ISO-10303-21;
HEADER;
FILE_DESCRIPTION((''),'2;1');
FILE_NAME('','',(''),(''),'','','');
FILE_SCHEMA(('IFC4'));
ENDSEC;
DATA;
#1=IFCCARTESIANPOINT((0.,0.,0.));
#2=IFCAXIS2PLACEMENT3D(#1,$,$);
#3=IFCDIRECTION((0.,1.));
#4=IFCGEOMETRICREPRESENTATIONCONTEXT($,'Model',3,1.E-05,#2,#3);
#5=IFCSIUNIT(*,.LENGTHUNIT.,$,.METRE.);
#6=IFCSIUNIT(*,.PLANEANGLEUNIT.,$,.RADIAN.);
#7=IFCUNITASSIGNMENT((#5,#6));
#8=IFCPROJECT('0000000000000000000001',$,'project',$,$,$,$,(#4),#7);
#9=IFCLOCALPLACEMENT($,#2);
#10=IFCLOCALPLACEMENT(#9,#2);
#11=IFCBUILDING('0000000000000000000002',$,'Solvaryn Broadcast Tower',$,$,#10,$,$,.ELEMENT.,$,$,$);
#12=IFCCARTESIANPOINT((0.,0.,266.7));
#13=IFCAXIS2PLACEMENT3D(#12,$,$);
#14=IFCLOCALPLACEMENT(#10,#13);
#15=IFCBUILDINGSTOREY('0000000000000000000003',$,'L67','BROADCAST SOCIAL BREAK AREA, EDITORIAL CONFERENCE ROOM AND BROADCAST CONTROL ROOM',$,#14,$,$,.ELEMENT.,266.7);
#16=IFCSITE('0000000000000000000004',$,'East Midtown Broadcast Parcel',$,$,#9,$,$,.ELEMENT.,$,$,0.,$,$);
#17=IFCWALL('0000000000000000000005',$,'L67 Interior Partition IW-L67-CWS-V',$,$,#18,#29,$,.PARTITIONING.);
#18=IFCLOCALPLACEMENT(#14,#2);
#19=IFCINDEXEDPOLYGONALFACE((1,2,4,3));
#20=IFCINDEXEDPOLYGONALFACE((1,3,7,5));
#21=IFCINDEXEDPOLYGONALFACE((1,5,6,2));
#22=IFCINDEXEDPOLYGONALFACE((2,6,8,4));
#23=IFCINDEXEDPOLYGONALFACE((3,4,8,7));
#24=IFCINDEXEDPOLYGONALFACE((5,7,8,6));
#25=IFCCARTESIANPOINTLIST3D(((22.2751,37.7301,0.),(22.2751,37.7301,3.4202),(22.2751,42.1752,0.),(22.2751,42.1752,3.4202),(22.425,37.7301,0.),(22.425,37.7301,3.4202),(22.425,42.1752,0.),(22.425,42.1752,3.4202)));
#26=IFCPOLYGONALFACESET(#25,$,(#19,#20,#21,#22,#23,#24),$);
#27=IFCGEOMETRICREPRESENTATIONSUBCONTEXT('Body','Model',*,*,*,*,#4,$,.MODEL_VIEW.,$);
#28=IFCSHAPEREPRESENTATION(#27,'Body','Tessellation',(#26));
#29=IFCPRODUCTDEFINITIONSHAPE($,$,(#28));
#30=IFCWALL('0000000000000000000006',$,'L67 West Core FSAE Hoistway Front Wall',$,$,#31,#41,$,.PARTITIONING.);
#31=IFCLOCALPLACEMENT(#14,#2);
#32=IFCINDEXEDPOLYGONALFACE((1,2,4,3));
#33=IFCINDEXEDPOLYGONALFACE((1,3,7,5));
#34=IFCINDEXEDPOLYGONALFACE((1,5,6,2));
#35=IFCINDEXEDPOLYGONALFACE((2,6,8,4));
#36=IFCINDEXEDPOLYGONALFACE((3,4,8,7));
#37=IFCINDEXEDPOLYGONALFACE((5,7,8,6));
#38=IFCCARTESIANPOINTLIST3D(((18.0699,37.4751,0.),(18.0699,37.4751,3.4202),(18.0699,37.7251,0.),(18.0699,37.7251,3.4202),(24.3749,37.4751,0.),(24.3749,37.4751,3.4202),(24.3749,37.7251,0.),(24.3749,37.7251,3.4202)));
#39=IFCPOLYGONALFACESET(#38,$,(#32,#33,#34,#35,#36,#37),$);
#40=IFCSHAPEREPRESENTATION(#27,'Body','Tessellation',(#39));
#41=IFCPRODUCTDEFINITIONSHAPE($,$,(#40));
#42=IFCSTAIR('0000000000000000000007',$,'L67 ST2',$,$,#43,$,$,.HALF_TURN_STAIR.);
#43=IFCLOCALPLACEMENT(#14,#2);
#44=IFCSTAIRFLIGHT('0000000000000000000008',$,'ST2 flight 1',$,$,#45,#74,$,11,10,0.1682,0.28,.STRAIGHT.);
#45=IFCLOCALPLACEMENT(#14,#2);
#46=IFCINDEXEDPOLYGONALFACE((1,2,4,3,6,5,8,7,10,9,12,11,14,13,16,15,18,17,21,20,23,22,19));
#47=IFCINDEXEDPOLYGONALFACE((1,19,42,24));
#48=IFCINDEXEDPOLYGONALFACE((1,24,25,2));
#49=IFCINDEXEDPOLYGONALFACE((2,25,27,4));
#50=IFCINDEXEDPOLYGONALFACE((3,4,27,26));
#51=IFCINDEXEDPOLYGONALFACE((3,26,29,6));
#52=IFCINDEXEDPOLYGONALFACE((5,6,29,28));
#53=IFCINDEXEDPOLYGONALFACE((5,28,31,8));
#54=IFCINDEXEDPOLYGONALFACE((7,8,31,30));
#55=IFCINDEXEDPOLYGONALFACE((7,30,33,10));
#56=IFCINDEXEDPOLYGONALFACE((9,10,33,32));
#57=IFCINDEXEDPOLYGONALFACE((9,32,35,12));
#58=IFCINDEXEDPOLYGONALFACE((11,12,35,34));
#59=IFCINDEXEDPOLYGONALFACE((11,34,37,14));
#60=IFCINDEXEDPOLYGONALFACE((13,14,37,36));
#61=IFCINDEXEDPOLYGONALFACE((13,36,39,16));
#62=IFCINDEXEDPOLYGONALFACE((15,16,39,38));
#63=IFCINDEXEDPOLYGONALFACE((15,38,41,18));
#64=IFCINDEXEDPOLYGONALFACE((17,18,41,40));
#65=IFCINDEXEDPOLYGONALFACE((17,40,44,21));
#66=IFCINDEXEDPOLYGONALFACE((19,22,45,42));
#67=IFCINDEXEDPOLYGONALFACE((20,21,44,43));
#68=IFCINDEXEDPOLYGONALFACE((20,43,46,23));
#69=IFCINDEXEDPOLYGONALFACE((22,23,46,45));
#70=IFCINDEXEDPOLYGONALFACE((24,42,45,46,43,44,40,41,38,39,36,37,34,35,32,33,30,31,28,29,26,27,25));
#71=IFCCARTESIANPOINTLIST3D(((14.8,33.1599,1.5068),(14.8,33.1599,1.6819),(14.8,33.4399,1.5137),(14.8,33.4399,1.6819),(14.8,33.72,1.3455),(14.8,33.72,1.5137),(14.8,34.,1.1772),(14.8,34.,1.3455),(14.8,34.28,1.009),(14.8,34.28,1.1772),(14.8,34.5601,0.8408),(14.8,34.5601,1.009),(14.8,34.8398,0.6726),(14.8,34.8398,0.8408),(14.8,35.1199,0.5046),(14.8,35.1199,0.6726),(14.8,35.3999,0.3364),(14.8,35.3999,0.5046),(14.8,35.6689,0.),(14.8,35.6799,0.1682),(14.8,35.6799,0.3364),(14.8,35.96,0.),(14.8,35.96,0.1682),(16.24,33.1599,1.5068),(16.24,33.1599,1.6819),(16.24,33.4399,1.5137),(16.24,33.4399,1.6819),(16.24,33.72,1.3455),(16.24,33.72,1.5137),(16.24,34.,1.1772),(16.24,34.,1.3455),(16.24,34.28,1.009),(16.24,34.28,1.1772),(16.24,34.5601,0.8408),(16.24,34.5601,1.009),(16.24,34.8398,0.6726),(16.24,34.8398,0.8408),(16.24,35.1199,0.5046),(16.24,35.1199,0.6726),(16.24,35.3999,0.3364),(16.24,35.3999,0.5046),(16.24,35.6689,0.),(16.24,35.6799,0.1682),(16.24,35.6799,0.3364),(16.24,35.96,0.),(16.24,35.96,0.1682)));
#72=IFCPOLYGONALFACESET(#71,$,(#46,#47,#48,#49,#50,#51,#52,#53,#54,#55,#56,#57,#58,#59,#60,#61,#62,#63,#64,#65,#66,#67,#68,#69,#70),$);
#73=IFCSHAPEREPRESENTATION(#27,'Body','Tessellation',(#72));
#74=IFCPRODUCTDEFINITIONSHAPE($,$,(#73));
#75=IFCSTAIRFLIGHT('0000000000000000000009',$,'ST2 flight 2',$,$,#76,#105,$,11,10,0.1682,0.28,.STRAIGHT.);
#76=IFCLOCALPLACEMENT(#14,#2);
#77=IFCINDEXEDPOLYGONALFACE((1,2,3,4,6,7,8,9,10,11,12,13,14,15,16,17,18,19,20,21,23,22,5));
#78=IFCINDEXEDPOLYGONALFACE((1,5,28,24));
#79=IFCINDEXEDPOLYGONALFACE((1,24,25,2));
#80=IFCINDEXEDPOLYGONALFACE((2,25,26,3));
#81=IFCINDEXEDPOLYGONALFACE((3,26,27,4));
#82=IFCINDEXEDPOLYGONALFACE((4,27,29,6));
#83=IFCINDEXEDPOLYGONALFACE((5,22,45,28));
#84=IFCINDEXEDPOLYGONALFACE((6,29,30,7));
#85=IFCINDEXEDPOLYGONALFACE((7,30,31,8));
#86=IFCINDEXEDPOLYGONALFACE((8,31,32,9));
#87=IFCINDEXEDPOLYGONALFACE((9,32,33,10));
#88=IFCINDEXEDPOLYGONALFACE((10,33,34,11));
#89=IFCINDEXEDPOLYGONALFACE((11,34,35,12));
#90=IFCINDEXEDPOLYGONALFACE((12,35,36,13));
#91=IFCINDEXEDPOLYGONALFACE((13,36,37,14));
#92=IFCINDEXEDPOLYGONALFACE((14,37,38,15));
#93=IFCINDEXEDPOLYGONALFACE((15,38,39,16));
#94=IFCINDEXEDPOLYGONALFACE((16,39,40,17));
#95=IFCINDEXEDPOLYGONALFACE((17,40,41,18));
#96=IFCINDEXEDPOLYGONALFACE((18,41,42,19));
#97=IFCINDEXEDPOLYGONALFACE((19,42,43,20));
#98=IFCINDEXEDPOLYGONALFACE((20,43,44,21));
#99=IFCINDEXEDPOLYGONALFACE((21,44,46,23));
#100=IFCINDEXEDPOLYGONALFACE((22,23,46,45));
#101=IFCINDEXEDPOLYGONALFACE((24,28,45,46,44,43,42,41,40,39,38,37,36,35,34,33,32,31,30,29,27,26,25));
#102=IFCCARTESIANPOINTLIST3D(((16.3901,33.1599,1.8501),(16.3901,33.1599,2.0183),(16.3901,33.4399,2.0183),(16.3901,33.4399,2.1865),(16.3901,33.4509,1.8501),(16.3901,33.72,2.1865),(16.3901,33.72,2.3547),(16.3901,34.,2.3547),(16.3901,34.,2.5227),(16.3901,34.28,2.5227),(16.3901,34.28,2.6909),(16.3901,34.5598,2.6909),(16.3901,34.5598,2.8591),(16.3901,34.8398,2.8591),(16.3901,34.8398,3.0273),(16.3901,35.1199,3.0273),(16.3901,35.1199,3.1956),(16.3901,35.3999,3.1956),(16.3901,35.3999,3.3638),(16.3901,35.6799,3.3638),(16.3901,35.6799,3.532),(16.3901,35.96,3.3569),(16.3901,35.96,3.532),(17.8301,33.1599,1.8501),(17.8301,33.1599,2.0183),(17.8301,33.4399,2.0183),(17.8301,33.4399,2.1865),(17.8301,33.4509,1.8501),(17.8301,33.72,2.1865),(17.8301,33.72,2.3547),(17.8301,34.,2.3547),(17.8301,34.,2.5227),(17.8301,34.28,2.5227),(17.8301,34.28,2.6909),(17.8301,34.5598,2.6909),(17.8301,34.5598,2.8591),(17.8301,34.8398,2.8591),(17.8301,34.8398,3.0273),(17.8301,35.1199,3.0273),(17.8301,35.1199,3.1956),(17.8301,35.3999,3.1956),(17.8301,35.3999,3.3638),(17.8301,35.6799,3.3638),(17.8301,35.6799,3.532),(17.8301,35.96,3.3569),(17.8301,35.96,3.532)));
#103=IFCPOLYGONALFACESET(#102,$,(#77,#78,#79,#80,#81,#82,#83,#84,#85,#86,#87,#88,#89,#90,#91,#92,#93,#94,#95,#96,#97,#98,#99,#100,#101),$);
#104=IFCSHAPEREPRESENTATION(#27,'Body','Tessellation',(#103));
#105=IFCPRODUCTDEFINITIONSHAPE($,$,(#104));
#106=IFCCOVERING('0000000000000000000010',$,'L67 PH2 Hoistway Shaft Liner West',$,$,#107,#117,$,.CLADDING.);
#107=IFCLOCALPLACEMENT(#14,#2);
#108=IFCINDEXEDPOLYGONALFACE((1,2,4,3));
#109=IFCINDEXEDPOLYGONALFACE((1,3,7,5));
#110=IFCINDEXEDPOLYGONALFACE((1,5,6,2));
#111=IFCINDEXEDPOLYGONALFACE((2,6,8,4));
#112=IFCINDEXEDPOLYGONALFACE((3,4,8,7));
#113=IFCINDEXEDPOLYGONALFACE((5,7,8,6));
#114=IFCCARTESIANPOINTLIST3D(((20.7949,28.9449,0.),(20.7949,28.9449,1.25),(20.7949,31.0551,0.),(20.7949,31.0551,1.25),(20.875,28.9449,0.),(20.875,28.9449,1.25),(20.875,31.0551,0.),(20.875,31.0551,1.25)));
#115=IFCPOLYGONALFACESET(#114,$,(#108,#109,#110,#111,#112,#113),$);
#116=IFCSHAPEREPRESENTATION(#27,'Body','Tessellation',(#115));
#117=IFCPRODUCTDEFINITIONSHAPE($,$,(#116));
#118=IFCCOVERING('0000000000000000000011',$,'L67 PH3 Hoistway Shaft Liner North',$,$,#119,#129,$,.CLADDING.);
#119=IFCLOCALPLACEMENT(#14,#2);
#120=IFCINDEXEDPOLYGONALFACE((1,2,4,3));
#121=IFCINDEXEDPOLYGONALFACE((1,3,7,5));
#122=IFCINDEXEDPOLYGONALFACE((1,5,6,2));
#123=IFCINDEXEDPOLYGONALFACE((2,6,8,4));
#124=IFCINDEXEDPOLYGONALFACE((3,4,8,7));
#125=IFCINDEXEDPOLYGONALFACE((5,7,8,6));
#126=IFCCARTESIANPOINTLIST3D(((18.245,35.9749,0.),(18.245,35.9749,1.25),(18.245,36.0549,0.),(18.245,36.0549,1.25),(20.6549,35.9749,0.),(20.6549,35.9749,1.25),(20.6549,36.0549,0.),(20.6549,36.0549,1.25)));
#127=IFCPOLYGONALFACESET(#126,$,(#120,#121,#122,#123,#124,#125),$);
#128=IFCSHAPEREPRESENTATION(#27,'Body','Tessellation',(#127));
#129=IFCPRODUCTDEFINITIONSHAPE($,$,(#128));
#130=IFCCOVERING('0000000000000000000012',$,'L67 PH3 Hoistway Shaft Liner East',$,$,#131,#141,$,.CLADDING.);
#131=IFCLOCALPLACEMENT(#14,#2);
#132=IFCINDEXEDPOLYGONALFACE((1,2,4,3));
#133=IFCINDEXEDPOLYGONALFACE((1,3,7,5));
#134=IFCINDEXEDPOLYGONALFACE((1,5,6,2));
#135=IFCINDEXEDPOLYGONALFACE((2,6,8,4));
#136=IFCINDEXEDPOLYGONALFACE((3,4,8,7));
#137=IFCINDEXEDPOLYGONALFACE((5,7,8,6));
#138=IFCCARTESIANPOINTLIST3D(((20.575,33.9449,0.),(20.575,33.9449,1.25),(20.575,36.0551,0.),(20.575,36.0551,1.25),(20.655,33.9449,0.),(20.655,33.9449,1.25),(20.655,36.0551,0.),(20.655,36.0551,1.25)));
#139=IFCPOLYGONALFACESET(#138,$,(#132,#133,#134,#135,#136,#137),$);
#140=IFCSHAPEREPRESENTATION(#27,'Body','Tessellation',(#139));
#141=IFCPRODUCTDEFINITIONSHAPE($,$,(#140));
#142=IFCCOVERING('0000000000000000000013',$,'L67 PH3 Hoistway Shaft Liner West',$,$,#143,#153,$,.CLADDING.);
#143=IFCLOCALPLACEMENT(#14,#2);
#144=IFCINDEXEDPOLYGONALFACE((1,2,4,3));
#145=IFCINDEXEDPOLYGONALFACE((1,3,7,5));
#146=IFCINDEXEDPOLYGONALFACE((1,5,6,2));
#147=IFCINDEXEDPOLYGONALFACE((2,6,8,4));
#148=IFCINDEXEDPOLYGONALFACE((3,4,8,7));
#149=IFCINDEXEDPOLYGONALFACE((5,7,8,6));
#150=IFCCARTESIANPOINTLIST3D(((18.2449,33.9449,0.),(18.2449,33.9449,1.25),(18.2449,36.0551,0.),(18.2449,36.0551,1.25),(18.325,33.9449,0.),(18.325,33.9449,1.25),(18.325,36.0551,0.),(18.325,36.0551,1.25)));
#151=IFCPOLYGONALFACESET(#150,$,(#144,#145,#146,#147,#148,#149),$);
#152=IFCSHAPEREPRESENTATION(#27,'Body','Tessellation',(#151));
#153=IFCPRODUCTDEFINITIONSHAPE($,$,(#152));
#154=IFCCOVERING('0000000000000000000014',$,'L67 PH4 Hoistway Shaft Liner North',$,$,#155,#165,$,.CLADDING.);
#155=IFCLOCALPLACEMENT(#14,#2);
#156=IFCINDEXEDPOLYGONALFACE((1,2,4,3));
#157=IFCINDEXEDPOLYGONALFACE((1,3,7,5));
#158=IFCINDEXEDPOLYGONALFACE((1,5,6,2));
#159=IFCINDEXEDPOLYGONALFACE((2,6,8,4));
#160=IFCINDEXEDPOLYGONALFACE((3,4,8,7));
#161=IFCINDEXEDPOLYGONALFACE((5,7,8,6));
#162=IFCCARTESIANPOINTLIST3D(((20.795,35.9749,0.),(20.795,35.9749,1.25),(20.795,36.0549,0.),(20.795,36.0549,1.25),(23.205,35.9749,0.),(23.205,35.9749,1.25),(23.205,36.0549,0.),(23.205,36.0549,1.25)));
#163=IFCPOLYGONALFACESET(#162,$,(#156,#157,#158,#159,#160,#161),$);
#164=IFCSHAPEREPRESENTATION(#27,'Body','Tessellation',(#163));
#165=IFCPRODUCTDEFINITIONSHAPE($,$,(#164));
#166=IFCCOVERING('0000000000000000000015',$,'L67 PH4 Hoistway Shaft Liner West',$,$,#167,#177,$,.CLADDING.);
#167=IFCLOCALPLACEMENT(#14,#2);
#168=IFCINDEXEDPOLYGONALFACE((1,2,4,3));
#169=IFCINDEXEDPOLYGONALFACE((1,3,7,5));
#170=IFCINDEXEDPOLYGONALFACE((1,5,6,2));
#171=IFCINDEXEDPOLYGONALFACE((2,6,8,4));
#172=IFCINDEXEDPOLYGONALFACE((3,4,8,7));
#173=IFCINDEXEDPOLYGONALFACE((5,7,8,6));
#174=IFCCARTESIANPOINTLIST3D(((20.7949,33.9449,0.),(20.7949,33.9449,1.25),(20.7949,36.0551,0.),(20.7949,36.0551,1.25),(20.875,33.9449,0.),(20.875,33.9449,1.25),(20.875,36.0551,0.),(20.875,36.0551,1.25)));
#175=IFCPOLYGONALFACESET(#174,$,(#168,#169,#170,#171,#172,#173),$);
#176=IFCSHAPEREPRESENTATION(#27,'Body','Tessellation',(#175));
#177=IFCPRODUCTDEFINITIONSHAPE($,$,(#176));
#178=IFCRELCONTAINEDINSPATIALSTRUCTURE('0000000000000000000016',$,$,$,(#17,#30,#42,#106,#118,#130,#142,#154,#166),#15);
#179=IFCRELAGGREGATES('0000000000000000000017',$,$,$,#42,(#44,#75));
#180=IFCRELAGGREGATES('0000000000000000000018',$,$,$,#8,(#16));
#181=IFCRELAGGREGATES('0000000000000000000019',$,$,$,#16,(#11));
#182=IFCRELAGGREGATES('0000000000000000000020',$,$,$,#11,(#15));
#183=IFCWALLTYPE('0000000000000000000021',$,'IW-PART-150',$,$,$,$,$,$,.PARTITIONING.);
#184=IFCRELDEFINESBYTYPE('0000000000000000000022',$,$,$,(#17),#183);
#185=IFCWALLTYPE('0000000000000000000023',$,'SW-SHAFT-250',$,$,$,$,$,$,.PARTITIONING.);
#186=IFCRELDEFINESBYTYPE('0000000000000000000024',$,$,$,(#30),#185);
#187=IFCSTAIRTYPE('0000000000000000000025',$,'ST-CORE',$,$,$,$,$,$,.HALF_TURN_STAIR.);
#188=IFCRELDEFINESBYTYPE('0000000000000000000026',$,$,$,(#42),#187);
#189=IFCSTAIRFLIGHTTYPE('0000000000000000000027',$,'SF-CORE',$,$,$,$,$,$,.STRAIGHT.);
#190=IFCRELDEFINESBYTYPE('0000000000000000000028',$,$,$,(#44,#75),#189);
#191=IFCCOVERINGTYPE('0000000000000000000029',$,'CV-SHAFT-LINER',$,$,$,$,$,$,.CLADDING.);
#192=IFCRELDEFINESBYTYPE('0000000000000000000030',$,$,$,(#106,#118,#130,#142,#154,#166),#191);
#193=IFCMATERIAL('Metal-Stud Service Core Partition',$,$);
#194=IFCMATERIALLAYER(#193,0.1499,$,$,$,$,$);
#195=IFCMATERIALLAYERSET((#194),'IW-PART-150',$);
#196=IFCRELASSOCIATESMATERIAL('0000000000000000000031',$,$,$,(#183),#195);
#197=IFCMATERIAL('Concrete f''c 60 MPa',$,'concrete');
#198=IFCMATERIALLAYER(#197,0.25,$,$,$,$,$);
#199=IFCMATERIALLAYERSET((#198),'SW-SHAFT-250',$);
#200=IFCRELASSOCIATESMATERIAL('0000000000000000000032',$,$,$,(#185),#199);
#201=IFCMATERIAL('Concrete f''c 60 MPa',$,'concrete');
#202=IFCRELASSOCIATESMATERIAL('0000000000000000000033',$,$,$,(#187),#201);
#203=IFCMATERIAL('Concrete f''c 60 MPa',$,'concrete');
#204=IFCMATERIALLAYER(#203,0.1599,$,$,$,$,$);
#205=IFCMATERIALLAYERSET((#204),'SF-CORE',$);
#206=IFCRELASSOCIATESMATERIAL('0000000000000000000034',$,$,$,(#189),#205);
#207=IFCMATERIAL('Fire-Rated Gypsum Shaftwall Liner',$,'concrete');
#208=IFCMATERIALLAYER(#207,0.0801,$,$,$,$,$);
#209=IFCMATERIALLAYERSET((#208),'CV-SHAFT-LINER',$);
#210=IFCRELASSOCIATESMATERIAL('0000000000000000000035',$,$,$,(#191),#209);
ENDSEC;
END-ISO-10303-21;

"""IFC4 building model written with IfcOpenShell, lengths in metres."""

from ifc_helpers import new_model, si_unit, direction, frame, frame_2d, origin, origin_2d, place, context, subcontext, project, spatial, polyline, rectangle, outline, extrude, material, layer, layer_set, type_object, element, aggregate, save


model = new_model("IFC4")

# Units and contexts
model_context = context("Model", 3, precision=1e-05, world=origin(), true_north=direction((0.0, 1.0)))
body_context = subcontext(model_context, "Body", "Model", "MODEL_VIEW")
ifc_project = project(units=[si_unit("LENGTHUNIT", "METRE"), si_unit("PLANEANGLEUNIT", "RADIAN")], contexts=[model_context])

# Site, building, storey
site_placement = place(None, origin())
site = spatial("IfcSite", under=ifc_project, at=site_placement, Name="East Midtown Broadcast Parcel", CompositionType="ELEMENT", RefElevation=0.0)
building_placement = place(site_placement, origin())
building = spatial("IfcBuilding", under=site, at=building_placement, Name="Solvaryn Broadcast Tower", CompositionType="ELEMENT")
storey_placement = place(building_placement, frame((0.0, 0.0, 266.7)))
storey = spatial("IfcBuildingStorey", under=building, at=storey_placement, Name="L67", Description="BROADCAST SOCIAL BREAK AREA, EDITORIAL CONFERENCE ROOM AND BROADCAST CONTROL ROOM", CompositionType="ELEMENT", Elevation=266.7)

# Walls
ifc_material_1 = material(Name="Metal-Stud Service Core Partition")
ifc_layer_1 = layer(ifc_material_1, 0.1499)
ifc_layer_set_1 = layer_set([ifc_layer_1], Name="IW-PART-150")
wall_type_1 = type_object("IfcWallType", Name="IW-PART-150", PredefinedType="PARTITIONING", material=ifc_layer_set_1)
wall_1_placement = place(storey_placement, frame((22.3501, 37.73, 0.0), z_axis=(0.0, 0.0, 1.0), x_axis=(0.0, 1.0, 0.0)))
element("IfcWall", 1, at=wall_1_placement, inside=storey, type_object=wall_type_1, Name="L67 Interior Partition IW-L67-CWS-V", PredefinedType="PARTITIONING", context=body_context, shape_type="SweptSolid", body=[
    extrude(rectangle(XDim=4.4451, YDim=0.1499, at=frame_2d((2.2227, 0.0))), origin(), (0.0, 0.0, 1.0), 3.4202),
])
ifc_material_2 = material(Name="Concrete f'c 60 MPa", Category="concrete")
ifc_layer_2 = layer(ifc_material_2, 0.25)
ifc_layer_set_2 = layer_set([ifc_layer_2], Name="SW-SHAFT-250")
wall_type_2 = type_object("IfcWallType", Name="SW-SHAFT-250", PredefinedType="PARTITIONING", material=ifc_layer_set_2)
wall_2_placement = place(storey_placement, frame((18.0701, 37.6001, 0.0), z_axis=(0.0, 0.0, 1.0), x_axis=(1.0, 0.0, 0.0)))
element("IfcWall", 2, at=wall_2_placement, inside=storey, type_object=wall_type_2, Name="L67 West Core FSAE Hoistway Front Wall", PredefinedType="PARTITIONING", context=body_context, shape_type="SweptSolid", body=[
    extrude(rectangle(XDim=6.3049, YDim=0.25, at=frame_2d((3.1523, 0.0))), origin(), (0.0, 0.0, 1.0), 3.4202),
])

# Stair, stair flights
ifc_material_3 = material(Name="Concrete f'c 60 MPa", Category="concrete")
stair_type = type_object("IfcStairType", Name="ST-CORE", PredefinedType="HALF_TURN_STAIR", material=ifc_material_3)
stair_placement = place(storey_placement, origin())
stair = element("IfcStair", 3, at=stair_placement, inside=storey, type_object=stair_type, Name="L67 ST2", PredefinedType="HALF_TURN_STAIR")
ifc_material_4 = material(Name="Concrete f'c 60 MPa", Category="concrete")
ifc_layer_3 = layer(ifc_material_4, 0.1599)
ifc_layer_set_3 = layer_set([ifc_layer_3], Name="SF-CORE")
stair_flight_type = type_object("IfcStairFlightType", Name="SF-CORE", PredefinedType="STRAIGHT", material=ifc_layer_set_3)
stair_flight_1_placement = place(storey_placement, frame((15.52, 35.96, 0.0), z_axis=(0.0, 0.0, 1.0), x_axis=(0.0, -1.0, 0.0)))
stair_flight_1 = element("IfcStairFlight", 4, at=stair_flight_1_placement, type_object=stair_flight_type, Name="ST2 flight 1", NumberOfRisers=11, NumberOfTreads=10, PredefinedType="STRAIGHT", RiserHeight=0.1682, TreadLength=0.28, context=body_context, shape_type="SweptSolid", body=[
    extrude(outline(polyline([(0.0, 0.0), (0.0, 0.1682), (0.28, 0.1682), (0.28, 0.3364), (0.5601, 0.3364), (0.5601, 0.5046), (0.8401, 0.5046), (0.8401, 0.6726), (1.1201, 0.6726), (1.1201, 0.8408), (1.3999, 0.8408), (1.3999, 1.009), (1.6799, 1.009), (1.6799, 1.1772), (1.96, 1.1772), (1.96, 1.3455), (2.24, 1.3455), (2.24, 1.5137), (2.52, 1.5137), (2.52, 1.6819), (2.8, 1.6819), (2.8, 1.8501), (2.8, 1.5068), (0.291, 0.0), (0.0, 0.0)])), frame((0.0, 0.72, 0.0), z_axis=(0.0, -1.0, 0.0), x_axis=(1.0, 0.0, 0.0)), (0.0, 0.0, 1.0), 1.4399),
])
stair_flight_2_placement = place(storey_placement, frame((17.1101, 33.1599, 1.8501), z_axis=(0.0, 0.0, 1.0), x_axis=(0.0, 1.0, 0.0)))
stair_flight_2 = element("IfcStairFlight", 5, at=stair_flight_2_placement, type_object=stair_flight_type, Name="ST2 flight 2", NumberOfRisers=11, NumberOfTreads=10, PredefinedType="STRAIGHT", RiserHeight=0.1682, TreadLength=0.28, context=body_context, shape_type="SweptSolid", body=[
    extrude(outline(polyline([(0.0, 0.0), (0.0, 0.1682), (0.28, 0.1682), (0.28, 0.3364), (0.5601, 0.3364), (0.5601, 0.5046), (0.8401, 0.5046), (0.8401, 0.6726), (1.1201, 0.6726), (1.1201, 0.8408), (1.3999, 0.8408), (1.3999, 1.009), (1.6799, 1.009), (1.6799, 1.1772), (1.96, 1.1772), (1.96, 1.3455), (2.24, 1.3455), (2.24, 1.5137), (2.52, 1.5137), (2.52, 1.6819), (2.8, 1.6819), (2.8, 1.8501), (2.8, 1.5068), (0.291, 0.0), (0.0, 0.0)])), frame((0.0, 0.72, 0.0), z_axis=(0.0, -1.0, 0.0), x_axis=(1.0, 0.0, 0.0)), (0.0, 0.0, 1.0), 1.4399),
])
aggregate(stair, [stair_flight_1, stair_flight_2])

# Coverings
ifc_material_5 = material(Name="Fire-Rated Gypsum Shaftwall Liner", Category="concrete")
ifc_layer_4 = layer(ifc_material_5, 0.0801)
ifc_layer_set_4 = layer_set([ifc_layer_4], Name="CV-SHAFT-LINER")
covering_type = type_object("IfcCoveringType", Name="CV-SHAFT-LINER", PredefinedType="CLADDING", material=ifc_layer_set_4)
covering_1_placement = place(storey_placement, frame((20.835, 30.0, 0.0), z_axis=(0.0, 0.0, 1.0), x_axis=(1.0, 0.0, 0.0)))
element("IfcCovering", 6, at=covering_1_placement, inside=storey, type_object=covering_type, Name="L67 PH2 Hoistway Shaft Liner West", PredefinedType="CLADDING", context=body_context, shape_type="SweptSolid", body=[
    extrude(rectangle(XDim=0.0801, YDim=2.1101, at=origin_2d()), origin(), (0.0, 0.0, 1.0), 1.25),
])
covering_2_placement = place(storey_placement, frame((19.45, 36.0149, 0.0), z_axis=(0.0, 0.0, 1.0), x_axis=(1.0, 0.0, 0.0)))
element("IfcCovering", 7, at=covering_2_placement, inside=storey, type_object=covering_type, Name="L67 PH3 Hoistway Shaft Liner North", PredefinedType="CLADDING", context=body_context, shape_type="SweptSolid", body=[
    extrude(rectangle(XDim=2.4099, YDim=0.0801, at=origin_2d()), origin(), (0.0, 0.0, 1.0), 1.25),
])
for number, where, z_axis, x_axis, name in (
    (8, (20.615, 35.0, 0.0), (0.0, 0.0, 1.0), (1.0, 0.0, 0.0), "L67 PH3 Hoistway Shaft Liner East"),
    (9, (18.2849, 35.0, 0.0), (0.0, 0.0, 1.0), (1.0, 0.0, 0.0), "L67 PH3 Hoistway Shaft Liner West"),
):
    element("IfcCovering", number, at=place(storey_placement, frame(where, z_axis=z_axis, x_axis=x_axis)), inside=storey, type_object=covering_type, Name=name, PredefinedType="CLADDING", context=body_context, shape_type="SweptSolid", body=[
        extrude(rectangle(XDim=0.0801, YDim=2.1101, at=origin_2d()), origin(), (0.0, 0.0, 1.0), 1.25),
    ])
covering_3_placement = place(storey_placement, frame((22.0, 36.0149, 0.0), z_axis=(0.0, 0.0, 1.0), x_axis=(1.0, 0.0, 0.0)))
element("IfcCovering", 10, at=covering_3_placement, inside=storey, type_object=covering_type, Name="L67 PH4 Hoistway Shaft Liner North", PredefinedType="CLADDING", context=body_context, shape_type="SweptSolid", body=[
    extrude(rectangle(XDim=2.4099, YDim=0.0801, at=origin_2d()), origin(), (0.0, 0.0, 1.0), 1.25),
])
covering_4_placement = place(storey_placement, frame((20.835, 35.0, 0.0), z_axis=(0.0, 0.0, 1.0), x_axis=(1.0, 0.0, 0.0)))
element("IfcCovering", 11, at=covering_4_placement, inside=storey, type_object=covering_type, Name="L67 PH4 Hoistway Shaft Liner West", PredefinedType="CLADDING", context=body_context, shape_type="SweptSolid", body=[
    extrude(rectangle(XDim=0.0801, YDim=2.1101, at=origin_2d()), origin(), (0.0, 0.0, 1.0), 1.25),
])

save(model, "model.ifc")
